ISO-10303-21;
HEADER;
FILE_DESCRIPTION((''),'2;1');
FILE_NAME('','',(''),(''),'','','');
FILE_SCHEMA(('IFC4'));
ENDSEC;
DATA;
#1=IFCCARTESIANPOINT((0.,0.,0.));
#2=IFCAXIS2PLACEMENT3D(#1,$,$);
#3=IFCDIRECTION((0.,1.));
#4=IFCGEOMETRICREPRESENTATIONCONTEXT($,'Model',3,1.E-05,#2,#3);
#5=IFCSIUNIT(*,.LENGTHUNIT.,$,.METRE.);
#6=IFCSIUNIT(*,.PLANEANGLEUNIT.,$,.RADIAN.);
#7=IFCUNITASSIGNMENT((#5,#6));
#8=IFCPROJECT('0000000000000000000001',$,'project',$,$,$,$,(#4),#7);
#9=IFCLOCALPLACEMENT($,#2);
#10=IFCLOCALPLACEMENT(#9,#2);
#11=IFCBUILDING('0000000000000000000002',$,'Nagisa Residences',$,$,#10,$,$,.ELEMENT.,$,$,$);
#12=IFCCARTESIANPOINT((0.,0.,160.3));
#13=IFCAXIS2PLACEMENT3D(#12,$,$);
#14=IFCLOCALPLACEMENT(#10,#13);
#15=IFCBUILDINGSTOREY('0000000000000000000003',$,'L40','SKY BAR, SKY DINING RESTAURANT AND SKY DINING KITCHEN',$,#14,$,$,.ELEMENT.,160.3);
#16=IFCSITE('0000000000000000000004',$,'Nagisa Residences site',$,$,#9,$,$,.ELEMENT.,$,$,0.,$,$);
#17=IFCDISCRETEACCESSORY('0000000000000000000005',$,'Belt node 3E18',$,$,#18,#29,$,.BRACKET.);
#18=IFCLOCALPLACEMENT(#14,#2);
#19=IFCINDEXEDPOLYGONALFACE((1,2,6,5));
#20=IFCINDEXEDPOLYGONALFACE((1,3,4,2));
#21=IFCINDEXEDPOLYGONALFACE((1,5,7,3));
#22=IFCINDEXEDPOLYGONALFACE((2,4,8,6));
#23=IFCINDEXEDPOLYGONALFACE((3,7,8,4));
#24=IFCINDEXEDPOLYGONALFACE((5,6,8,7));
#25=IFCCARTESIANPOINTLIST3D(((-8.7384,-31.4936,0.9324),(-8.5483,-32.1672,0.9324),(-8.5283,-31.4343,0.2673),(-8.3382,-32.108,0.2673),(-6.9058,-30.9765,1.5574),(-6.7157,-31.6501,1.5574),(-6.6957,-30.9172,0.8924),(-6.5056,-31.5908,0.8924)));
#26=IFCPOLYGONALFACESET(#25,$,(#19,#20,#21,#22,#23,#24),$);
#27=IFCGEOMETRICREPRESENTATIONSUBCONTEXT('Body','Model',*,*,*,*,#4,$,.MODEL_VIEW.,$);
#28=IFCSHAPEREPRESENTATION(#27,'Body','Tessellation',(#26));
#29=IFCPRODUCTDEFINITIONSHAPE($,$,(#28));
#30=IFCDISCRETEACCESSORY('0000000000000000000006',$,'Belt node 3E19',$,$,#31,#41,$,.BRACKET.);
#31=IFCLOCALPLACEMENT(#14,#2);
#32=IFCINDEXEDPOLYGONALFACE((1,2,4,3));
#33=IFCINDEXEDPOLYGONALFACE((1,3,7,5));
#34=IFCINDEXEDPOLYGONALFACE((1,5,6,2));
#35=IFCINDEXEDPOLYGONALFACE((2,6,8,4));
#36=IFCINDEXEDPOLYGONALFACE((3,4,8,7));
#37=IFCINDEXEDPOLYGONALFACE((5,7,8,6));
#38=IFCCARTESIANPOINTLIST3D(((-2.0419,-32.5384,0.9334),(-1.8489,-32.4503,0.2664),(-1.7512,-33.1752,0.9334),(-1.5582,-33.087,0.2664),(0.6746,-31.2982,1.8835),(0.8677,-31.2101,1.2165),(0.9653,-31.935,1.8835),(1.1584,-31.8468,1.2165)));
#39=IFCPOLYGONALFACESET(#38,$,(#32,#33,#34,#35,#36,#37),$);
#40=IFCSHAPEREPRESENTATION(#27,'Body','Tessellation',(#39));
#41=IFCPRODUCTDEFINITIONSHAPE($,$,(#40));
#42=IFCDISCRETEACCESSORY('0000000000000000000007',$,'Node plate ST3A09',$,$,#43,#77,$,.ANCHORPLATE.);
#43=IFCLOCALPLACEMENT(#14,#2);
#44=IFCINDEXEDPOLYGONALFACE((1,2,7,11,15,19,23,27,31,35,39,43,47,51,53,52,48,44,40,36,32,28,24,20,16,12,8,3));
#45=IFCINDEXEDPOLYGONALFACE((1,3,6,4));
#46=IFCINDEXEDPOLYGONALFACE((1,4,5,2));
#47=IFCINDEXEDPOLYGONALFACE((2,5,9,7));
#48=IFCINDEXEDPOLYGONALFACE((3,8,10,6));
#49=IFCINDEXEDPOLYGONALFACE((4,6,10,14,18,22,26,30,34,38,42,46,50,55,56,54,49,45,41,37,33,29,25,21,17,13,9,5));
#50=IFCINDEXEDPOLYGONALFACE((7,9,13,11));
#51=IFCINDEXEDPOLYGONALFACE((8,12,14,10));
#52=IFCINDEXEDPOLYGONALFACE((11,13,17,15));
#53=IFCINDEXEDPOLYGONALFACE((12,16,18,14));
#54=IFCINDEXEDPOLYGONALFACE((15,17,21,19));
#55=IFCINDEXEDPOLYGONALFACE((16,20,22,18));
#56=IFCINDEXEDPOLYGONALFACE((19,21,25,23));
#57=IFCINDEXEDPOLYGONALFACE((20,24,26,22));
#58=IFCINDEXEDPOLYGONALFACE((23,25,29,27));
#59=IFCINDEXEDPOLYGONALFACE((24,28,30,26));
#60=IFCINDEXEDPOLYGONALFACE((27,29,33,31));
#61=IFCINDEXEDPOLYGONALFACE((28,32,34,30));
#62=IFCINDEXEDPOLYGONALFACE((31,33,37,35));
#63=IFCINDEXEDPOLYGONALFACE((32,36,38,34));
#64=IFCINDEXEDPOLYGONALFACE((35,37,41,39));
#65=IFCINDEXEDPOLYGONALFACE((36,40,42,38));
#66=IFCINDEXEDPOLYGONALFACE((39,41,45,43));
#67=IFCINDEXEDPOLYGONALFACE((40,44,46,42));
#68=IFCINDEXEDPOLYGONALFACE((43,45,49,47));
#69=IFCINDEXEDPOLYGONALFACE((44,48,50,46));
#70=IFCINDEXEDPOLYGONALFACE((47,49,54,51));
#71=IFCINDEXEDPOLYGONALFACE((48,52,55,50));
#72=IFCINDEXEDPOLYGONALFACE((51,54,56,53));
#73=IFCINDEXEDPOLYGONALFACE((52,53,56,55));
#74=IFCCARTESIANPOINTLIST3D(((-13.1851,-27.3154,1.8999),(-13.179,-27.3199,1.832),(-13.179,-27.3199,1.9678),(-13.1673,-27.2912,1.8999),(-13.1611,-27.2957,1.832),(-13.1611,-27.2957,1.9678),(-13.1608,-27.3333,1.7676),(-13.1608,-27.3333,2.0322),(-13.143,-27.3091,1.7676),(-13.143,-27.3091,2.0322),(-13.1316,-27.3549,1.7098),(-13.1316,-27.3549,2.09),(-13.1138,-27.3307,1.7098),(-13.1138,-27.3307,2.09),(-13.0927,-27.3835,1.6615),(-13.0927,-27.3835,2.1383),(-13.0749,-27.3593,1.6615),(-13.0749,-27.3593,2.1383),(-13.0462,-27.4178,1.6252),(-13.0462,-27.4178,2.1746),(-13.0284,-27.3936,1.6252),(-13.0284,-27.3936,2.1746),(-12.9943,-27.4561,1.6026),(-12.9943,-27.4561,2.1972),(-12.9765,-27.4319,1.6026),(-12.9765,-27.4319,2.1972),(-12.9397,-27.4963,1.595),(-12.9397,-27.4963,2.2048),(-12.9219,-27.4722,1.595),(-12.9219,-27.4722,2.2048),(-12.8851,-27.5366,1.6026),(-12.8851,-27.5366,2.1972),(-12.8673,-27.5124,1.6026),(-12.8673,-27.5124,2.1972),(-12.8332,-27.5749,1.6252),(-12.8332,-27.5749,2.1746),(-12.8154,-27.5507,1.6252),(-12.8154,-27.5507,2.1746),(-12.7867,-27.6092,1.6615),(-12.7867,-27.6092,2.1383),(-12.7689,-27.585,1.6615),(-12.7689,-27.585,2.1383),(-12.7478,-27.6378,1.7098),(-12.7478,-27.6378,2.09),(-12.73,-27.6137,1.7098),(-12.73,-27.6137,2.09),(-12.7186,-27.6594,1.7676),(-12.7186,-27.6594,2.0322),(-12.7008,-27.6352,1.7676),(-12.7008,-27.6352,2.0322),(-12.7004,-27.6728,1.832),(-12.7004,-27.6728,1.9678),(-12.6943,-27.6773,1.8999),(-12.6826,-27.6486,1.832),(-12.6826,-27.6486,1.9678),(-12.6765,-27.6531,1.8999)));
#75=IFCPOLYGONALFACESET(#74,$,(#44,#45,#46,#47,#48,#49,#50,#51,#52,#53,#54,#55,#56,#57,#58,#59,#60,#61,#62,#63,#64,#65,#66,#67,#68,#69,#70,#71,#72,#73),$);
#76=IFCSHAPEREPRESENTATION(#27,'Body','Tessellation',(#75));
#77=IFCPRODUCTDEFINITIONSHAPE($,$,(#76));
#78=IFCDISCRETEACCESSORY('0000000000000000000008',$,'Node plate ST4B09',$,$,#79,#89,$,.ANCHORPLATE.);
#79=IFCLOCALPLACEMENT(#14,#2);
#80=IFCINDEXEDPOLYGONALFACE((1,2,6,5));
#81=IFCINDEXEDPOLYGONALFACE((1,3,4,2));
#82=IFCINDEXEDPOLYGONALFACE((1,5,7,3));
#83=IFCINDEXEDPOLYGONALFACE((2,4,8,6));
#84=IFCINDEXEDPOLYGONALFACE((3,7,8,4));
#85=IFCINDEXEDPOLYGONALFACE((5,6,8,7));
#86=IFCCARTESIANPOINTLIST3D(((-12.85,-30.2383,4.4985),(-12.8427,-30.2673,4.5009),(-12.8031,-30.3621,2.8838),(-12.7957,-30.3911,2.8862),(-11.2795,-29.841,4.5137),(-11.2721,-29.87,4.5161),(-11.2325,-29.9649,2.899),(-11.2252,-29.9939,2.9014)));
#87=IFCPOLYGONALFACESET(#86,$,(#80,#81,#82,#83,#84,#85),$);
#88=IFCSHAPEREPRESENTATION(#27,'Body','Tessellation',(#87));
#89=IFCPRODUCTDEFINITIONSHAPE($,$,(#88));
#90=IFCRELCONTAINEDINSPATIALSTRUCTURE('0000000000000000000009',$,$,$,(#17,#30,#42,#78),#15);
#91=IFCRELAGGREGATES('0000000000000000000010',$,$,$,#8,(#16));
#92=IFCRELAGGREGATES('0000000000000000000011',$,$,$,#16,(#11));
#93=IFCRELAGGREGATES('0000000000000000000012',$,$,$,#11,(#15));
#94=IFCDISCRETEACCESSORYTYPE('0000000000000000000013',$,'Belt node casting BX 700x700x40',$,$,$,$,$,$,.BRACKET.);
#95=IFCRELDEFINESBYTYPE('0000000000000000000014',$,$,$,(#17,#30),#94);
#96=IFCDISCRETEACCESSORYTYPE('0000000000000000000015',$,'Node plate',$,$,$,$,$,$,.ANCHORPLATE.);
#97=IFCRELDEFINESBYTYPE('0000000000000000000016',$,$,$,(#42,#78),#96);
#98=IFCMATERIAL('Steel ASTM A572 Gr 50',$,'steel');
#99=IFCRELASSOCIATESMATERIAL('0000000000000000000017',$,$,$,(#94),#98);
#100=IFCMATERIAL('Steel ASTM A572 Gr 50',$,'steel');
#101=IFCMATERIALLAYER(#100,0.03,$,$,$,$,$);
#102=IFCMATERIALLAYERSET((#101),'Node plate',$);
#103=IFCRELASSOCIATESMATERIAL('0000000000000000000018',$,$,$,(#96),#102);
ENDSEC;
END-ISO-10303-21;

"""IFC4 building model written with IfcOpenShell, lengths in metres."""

from ifc_helpers import new_model, si_unit, direction, frame, origin, origin_2d, place, context, subcontext, project, spatial, rectangle, circle, extrude, material, layer, layer_set, type_object, element, save


model = new_model("IFC4")

# Units and contexts
model_context = context("Model", 3, precision=1e-05, world=origin(), true_north=direction((0.0, 1.0)))
body_context = subcontext(model_context, "Body", "Model", "MODEL_VIEW")
ifc_project = project(units=[si_unit("LENGTHUNIT", "METRE"), si_unit("PLANEANGLEUNIT", "RADIAN")], contexts=[model_context])

# Site, building, storey
site_placement = place(None, origin())
site = spatial("IfcSite", under=ifc_project, at=site_placement, Name="Nagisa Residences site", CompositionType="ELEMENT", RefElevation=0.0)
building_placement = place(site_placement, origin())
building = spatial("IfcBuilding", under=site, at=building_placement, Name="Nagisa Residences", CompositionType="ELEMENT")
storey_placement = place(building_placement, frame((0.0, 0.0, 160.3)))
storey = spatial("IfcBuildingStorey", under=building, at=storey_placement, Name="L40", Description="SKY BAR, SKY DINING RESTAURANT AND SKY DINING KITCHEN", CompositionType="ELEMENT", Elevation=160.3)

# Discrete accessories
ifc_material_1 = material(Name="Steel ASTM A572 Gr 50", Category="steel")
discrete_accessory_type_1 = type_object("IfcDiscreteAccessoryType", Name="Belt node casting BX 700x700x40", PredefinedType="BRACKET", material=ifc_material_1)
discrete_accessory_1_placement = place(storey_placement, frame((-8.5383, -31.8008, 0.5999), z_axis=(0.914417, 0.258025, 0.311872), x_axis=(-0.27157, 0.962419, 0.0)))
element("IfcDiscreteAccessory", 1, at=discrete_accessory_1_placement, inside=storey, type_object=discrete_accessory_type_1, Name="Belt node 3E18", PredefinedType="BRACKET", context=body_context, shape_type="SweptSolid", body=[
    extrude(rectangle(XDim=0.7, YDim=0.7, at=origin_2d()), origin(), (0.0, 0.0, 1.0), 2.0042),
])
discrete_accessory_2_placement = place(storey_placement, frame((-1.8, -32.8127, 0.5999), z_axis=(0.866855, 0.39576, 0.303209), x_axis=(-0.415311, 0.909679, 0.0)))
element("IfcDiscreteAccessory", 2, at=discrete_accessory_2_placement, inside=storey, type_object=discrete_accessory_type_1, Name="Belt node 3E19", PredefinedType="BRACKET", context=body_context, shape_type="SweptSolid", body=[
    extrude(rectangle(XDim=0.7, YDim=0.7, at=origin_2d()), origin(), (0.0, 0.0, 1.0), 3.1338),
])
ifc_material_2 = material(Name="Steel ASTM A572 Gr 50", Category="steel")
ifc_layer = layer(ifc_material_2, 0.03)
ifc_layer_set = layer_set([ifc_layer], Name="Node plate")
discrete_accessory_type_2 = type_object("IfcDiscreteAccessoryType", Name="Node plate", PredefinedType="ANCHORPLATE", material=ifc_layer_set)
discrete_accessory_3_placement = place(storey_placement, frame((-12.9397, -27.4963, 1.8999), z_axis=(0.593476, 0.804851, 0.0), x_axis=(-0.804851, 0.593476, 0.0)))
element("IfcDiscreteAccessory", 3, at=discrete_accessory_3_placement, inside=storey, type_object=discrete_accessory_type_2, Name="Node plate ST3A09", PredefinedType="ANCHORPLATE", context=body_context, shape_type="SweptSolid", body=[
    extrude(circle(Radius=0.3049, at=origin_2d()), origin(), (0.0, 0.0, 1.0), 0.03),
])
discrete_accessory_4_placement = place(storey_placement, frame((-12.0413, -30.1016, 3.6987), z_axis=(0.243645, -0.966458, 0.081215), x_axis=(0.969431, 0.245184, 0.0094)))
element("IfcDiscreteAccessory", 4, at=discrete_accessory_4_placement, inside=storey, type_object=discrete_accessory_type_2, Name="Node plate ST4B09", PredefinedType="ANCHORPLATE", context=body_context, shape_type="SweptSolid", body=[
    extrude(rectangle(XDim=1.6201, YDim=1.6201, at=origin_2d()), origin(), (0.0, 0.0, 1.0), 0.03),
])

save(model, "model.ifc")
